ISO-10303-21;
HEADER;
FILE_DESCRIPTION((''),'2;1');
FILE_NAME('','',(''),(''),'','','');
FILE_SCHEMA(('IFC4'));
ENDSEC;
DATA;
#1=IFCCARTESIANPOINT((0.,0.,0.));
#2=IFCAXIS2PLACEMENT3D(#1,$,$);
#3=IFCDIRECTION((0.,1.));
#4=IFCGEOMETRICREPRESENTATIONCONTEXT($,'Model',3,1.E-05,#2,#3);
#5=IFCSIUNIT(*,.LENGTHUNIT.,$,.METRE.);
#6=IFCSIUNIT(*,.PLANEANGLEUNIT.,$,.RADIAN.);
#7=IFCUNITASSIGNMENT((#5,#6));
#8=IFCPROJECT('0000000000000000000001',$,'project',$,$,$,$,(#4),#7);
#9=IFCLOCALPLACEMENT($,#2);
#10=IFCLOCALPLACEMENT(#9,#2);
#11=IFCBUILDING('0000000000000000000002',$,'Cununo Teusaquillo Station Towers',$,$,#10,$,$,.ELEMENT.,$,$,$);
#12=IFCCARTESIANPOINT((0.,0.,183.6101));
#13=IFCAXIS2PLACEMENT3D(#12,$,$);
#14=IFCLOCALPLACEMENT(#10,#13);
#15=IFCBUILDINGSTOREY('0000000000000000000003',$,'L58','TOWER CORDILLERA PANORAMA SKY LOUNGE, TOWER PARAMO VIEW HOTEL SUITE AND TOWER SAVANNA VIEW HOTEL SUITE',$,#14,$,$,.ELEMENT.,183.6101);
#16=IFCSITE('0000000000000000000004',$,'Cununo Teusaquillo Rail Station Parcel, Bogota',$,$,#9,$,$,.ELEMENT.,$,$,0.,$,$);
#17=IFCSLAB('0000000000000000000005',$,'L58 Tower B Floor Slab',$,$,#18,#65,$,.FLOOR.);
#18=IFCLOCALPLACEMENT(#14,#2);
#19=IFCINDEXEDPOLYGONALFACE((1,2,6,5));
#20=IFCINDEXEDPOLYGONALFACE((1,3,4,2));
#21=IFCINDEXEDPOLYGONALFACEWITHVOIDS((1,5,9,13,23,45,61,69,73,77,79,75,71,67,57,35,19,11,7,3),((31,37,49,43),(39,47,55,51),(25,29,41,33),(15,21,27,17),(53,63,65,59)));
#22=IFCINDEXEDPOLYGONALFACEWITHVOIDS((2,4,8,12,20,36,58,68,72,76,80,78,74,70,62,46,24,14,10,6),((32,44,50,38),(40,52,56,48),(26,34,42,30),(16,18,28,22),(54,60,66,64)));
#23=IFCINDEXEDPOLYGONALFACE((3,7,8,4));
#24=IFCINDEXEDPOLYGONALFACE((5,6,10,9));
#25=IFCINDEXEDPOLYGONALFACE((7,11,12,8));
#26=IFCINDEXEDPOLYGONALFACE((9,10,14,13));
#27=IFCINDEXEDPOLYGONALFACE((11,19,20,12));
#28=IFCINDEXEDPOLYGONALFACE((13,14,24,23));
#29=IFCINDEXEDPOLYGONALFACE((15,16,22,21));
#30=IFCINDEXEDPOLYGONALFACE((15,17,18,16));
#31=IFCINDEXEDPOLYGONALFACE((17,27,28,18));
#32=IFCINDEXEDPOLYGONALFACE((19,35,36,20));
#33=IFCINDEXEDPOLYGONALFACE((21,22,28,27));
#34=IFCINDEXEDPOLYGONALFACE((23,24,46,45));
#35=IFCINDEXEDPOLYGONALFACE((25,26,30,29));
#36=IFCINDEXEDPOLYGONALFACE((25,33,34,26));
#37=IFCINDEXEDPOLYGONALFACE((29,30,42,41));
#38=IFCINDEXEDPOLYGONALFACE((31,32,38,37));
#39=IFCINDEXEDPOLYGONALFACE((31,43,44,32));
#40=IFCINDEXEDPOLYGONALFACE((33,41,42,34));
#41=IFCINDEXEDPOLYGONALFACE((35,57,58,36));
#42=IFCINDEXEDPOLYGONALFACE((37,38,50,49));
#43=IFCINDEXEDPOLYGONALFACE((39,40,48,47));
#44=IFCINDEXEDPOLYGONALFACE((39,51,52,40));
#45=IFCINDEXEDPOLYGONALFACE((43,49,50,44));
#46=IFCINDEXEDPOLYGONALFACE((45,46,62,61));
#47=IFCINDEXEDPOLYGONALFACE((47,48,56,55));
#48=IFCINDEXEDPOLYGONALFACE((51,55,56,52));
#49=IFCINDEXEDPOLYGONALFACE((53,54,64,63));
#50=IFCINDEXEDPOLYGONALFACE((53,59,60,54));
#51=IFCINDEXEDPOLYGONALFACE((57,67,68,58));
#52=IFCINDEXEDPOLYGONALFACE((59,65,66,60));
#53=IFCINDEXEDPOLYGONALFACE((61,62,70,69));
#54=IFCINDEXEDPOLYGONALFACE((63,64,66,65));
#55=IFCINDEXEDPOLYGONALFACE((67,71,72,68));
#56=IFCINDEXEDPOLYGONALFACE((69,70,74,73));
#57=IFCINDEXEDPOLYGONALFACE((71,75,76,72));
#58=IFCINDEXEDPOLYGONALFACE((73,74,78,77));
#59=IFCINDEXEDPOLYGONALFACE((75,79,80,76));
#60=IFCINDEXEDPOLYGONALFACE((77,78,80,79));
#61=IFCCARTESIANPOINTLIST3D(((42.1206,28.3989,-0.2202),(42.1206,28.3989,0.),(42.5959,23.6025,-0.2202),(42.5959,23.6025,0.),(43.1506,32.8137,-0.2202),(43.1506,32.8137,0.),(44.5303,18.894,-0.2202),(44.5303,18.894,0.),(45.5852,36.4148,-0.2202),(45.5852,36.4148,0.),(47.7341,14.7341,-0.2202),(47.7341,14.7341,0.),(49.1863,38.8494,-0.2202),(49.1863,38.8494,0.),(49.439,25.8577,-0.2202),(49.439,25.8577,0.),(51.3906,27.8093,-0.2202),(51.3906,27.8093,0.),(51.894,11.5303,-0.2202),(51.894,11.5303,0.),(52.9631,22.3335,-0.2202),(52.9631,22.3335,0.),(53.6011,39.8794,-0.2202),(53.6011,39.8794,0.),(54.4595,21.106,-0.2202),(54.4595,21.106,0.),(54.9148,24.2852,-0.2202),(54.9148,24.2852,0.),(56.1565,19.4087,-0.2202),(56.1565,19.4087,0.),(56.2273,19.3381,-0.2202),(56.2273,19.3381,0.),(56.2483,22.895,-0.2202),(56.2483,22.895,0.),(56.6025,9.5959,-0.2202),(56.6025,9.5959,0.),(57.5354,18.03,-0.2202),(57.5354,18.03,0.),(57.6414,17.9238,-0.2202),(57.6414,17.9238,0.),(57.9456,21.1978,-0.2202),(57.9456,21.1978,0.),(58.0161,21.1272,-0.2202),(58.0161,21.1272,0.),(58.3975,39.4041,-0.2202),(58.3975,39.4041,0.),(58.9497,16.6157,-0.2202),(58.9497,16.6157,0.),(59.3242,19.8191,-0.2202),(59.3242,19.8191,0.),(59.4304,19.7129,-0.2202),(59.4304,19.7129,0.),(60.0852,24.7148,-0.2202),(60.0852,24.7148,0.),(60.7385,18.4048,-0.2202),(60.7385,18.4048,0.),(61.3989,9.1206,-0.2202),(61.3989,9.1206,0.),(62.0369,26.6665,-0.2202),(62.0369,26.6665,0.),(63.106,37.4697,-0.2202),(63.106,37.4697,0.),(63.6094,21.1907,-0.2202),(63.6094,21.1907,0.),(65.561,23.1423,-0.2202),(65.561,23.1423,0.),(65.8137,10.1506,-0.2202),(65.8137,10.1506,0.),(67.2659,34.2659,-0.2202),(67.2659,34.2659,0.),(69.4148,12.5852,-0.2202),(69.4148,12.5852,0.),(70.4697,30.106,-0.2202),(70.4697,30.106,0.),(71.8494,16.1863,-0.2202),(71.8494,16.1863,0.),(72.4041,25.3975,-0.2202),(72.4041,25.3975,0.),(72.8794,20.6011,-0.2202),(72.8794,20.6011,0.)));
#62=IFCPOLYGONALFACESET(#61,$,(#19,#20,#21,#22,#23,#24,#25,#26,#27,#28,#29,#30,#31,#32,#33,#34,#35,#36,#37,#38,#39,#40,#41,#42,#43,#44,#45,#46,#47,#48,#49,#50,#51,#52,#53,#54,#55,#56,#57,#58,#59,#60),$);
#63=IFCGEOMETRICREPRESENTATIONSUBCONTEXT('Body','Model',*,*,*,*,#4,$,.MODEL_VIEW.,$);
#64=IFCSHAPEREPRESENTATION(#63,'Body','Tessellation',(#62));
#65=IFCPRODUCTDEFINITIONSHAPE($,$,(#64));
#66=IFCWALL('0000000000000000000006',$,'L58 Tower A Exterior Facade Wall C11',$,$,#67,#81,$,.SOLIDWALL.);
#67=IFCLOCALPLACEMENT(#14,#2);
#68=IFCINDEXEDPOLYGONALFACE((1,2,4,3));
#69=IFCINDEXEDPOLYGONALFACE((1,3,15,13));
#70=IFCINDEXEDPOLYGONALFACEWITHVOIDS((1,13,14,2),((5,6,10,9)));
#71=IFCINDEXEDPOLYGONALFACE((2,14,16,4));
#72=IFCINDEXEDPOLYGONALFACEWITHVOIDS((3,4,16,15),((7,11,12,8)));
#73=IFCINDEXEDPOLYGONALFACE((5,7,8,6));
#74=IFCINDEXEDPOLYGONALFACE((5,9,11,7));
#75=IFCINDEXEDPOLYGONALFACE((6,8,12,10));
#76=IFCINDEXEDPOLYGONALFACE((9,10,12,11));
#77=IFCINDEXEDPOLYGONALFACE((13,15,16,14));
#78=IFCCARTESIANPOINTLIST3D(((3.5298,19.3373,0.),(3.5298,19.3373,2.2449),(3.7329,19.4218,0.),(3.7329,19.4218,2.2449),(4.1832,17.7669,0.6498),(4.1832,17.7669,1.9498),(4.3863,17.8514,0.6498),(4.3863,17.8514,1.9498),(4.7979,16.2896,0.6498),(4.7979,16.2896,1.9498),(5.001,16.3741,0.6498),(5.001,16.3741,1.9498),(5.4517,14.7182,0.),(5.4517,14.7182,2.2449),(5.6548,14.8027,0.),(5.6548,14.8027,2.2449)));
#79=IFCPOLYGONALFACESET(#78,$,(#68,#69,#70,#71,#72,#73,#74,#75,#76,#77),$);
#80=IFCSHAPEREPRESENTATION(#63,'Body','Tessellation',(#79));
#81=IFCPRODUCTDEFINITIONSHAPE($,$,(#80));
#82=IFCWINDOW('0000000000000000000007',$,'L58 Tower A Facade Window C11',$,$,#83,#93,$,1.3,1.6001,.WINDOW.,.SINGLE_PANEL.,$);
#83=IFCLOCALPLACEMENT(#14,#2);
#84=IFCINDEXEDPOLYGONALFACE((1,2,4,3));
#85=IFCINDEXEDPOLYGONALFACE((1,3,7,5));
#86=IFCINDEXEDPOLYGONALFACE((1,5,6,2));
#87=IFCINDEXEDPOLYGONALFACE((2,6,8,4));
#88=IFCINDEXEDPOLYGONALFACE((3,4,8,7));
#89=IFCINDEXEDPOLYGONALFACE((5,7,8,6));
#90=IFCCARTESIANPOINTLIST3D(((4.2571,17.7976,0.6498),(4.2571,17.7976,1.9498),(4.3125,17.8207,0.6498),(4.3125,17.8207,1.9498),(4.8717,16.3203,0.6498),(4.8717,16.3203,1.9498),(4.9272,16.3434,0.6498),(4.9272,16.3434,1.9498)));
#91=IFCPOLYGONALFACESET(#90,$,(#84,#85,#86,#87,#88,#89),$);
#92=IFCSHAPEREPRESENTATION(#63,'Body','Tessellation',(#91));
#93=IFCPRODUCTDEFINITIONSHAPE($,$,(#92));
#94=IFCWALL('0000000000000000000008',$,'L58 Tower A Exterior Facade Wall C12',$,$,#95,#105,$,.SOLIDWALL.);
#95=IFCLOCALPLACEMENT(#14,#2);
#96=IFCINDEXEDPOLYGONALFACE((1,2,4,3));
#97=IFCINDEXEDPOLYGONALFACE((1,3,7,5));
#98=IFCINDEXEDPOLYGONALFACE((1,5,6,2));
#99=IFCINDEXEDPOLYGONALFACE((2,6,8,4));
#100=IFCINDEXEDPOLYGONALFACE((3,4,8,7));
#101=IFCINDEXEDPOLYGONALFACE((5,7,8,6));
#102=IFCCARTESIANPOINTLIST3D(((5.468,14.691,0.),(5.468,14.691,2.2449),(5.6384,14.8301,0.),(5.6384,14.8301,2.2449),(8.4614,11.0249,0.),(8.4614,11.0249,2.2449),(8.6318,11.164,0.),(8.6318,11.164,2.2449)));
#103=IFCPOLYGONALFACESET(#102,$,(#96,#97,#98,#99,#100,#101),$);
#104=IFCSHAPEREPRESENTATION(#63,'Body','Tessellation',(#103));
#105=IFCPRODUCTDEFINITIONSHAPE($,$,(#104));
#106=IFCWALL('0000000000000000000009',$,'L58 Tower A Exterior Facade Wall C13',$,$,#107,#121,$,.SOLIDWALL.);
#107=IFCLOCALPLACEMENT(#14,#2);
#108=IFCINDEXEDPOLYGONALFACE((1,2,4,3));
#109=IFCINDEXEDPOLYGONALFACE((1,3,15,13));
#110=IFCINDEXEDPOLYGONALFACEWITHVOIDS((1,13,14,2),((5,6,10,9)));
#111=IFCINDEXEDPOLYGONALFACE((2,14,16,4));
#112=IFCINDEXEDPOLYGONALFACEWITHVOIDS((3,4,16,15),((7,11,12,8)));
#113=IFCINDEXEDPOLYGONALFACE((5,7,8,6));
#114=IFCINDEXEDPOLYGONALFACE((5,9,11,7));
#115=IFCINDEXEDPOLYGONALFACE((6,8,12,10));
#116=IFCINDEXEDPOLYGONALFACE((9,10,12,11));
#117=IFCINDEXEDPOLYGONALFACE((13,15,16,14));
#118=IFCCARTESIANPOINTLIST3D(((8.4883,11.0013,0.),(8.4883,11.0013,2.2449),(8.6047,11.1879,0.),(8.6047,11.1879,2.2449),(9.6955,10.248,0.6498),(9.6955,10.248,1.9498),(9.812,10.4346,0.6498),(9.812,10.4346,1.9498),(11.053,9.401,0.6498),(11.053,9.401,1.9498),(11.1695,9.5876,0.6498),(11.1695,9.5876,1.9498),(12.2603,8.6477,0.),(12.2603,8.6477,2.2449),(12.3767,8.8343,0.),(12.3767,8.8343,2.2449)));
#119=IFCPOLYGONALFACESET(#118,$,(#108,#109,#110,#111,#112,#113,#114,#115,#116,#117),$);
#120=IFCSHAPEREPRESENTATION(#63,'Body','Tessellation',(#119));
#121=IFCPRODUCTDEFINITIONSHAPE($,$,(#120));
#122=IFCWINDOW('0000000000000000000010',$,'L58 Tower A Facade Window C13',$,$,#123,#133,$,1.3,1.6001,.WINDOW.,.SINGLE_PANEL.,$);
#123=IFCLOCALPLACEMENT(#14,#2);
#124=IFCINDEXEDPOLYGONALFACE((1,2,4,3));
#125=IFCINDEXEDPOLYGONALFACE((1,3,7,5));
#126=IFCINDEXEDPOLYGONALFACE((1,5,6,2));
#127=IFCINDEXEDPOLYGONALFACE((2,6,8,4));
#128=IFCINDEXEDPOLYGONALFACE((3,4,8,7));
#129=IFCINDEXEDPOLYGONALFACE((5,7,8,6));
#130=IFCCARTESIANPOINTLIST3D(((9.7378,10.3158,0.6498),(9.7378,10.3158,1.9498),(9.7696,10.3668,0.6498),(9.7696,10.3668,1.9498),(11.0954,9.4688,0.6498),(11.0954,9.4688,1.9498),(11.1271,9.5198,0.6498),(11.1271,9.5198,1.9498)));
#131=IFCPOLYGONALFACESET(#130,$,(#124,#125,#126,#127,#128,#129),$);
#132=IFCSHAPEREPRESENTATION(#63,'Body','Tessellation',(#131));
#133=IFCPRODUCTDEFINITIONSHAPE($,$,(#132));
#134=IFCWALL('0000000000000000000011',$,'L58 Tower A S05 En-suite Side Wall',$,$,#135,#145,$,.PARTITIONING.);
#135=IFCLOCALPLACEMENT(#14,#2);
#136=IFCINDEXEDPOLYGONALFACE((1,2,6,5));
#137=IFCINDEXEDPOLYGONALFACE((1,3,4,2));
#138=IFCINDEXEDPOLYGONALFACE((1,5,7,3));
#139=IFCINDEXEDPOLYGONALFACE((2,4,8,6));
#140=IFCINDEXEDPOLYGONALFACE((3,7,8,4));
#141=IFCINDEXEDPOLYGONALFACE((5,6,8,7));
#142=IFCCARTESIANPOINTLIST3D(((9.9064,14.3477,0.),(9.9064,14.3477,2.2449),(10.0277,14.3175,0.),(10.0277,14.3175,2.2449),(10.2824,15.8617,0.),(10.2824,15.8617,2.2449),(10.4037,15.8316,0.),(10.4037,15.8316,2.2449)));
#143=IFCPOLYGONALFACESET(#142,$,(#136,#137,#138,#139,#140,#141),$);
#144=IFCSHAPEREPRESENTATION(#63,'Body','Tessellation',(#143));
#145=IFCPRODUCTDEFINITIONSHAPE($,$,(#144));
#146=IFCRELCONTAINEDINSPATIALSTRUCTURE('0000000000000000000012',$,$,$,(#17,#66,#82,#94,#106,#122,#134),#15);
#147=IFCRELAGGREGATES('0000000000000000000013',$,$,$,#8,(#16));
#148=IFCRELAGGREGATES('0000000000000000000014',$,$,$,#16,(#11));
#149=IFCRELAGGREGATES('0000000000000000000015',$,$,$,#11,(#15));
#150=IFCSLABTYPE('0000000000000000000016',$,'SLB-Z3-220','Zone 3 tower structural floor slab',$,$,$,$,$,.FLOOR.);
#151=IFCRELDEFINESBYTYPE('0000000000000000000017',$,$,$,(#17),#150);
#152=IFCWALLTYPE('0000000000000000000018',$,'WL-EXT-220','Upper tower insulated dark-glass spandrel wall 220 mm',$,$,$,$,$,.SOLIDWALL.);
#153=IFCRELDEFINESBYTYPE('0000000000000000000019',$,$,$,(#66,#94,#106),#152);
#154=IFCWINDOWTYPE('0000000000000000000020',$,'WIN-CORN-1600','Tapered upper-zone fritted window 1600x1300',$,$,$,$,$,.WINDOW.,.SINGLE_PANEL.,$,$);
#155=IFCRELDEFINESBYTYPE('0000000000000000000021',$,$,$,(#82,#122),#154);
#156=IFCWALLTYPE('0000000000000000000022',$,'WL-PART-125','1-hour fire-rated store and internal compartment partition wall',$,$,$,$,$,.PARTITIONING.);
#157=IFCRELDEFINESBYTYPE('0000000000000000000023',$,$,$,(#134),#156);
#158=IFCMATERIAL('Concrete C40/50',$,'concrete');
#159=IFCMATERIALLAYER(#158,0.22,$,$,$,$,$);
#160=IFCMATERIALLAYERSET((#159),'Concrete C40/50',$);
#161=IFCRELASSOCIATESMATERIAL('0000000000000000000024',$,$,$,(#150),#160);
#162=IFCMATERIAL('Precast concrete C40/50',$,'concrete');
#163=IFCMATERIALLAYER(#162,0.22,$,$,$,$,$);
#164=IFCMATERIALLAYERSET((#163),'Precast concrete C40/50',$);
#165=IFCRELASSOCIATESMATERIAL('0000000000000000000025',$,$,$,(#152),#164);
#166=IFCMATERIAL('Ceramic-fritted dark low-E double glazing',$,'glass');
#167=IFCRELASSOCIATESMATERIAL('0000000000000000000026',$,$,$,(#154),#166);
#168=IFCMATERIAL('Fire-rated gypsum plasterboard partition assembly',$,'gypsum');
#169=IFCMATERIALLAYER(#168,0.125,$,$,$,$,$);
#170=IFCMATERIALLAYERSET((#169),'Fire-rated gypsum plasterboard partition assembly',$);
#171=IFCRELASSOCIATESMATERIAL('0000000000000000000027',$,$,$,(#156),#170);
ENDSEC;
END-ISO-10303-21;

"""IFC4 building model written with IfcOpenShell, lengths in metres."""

from ifc_helpers import new_model, si_unit, direction, frame, frame_2d, origin, place, context, subcontext, project, spatial, polyline, rectangle, outline, extrude, source, transform, mapped, material, layer, layer_set, type_object, element, fill, save


model = new_model("IFC4")

# Units and contexts
model_context = context("Model", 3, precision=1e-05, world=origin(), true_north=direction((0.0, 1.0)))
body_context = subcontext(model_context, "Body", "Model", "MODEL_VIEW")
ifc_project = project(units=[si_unit("LENGTHUNIT", "METRE"), si_unit("PLANEANGLEUNIT", "RADIAN")], contexts=[model_context])

# Site, building, storey
site_placement = place(None, origin())
site = spatial("IfcSite", under=ifc_project, at=site_placement, Name="Cununo Teusaquillo Rail Station Parcel, Bogota", CompositionType="ELEMENT", RefElevation=0.0)
building_placement = place(site_placement, origin())
building = spatial("IfcBuilding", under=site, at=building_placement, Name="Cununo Teusaquillo Station Towers", CompositionType="ELEMENT")
storey_placement = place(building_placement, frame((0.0, 0.0, 183.6101)))
storey = spatial("IfcBuildingStorey", under=building, at=storey_placement, Name="L58", Description="TOWER CORDILLERA PANORAMA SKY LOUNGE, TOWER PARAMO VIEW HOTEL SUITE AND TOWER SAVANNA VIEW HOTEL SUITE", CompositionType="ELEMENT", Elevation=183.6101)

# Slab
ifc_material_1 = material(Name="Concrete C40/50", Category="concrete")
ifc_layer_1 = layer(ifc_material_1, 0.22)
ifc_layer_set_1 = layer_set([ifc_layer_1], Name="Concrete C40/50")
slab_type_1 = type_object("IfcSlabType", Name="SLB-Z3-220", Description="Zone 3 tower structural floor slab", PredefinedType="FLOOR", material=ifc_layer_set_1)
slab_1_placement = place(storey_placement, frame((0.0, 0.0, -0.2202)))
element("IfcSlab", 1, at=slab_1_placement, inside=storey, type_object=slab_type_1, Name="L58 Tower B Floor Slab", PredefinedType="FLOOR", context=body_context, shape_type="SweptSolid", body=[
    extrude(outline(polyline([(67.2659, 34.2659), (63.106, 37.4697), (58.3975, 39.4041), (53.6011, 39.8794), (49.1863, 38.8494), (45.5852, 36.4148), (43.1506, 32.8137), (42.1206, 28.3989), (42.5959, 23.6025), (44.5303, 18.894), (47.7341, 14.7341), (51.894, 11.5303), (56.6025, 9.5959), (61.3989, 9.1206), (65.8137, 10.1506), (69.4148, 12.5852), (71.8494, 16.1863), (72.8794, 20.6011), (72.4041, 25.3975), (70.4697, 30.106), (67.2659, 34.2659)]), holes=[polyline([(54.9148, 24.2852), (51.3906, 27.8093), (49.439, 25.8577), (52.9631, 22.3335), (54.9148, 24.2852)]), polyline([(60.0852, 24.7148), (63.6094, 21.1907), (65.561, 23.1423), (62.0369, 26.6665), (60.0852, 24.7148)]), polyline([(56.1565, 19.4087), (57.9456, 21.1978), (56.2483, 22.895), (54.4595, 21.106), (56.1565, 19.4087)]), polyline([(58.9497, 16.6157), (60.7385, 18.4048), (59.4304, 19.7129), (57.6414, 17.9238), (58.9497, 16.6157)]), polyline([(57.5354, 18.03), (59.3242, 19.8191), (58.0161, 21.1272), (56.2273, 19.3381), (57.5354, 18.03)])]), origin(), (0.0, 0.0, 1.0), 0.2202),
])

# Wall, opening, window
ifc_material_2 = material(Name="Precast concrete C40/50", Category="concrete")
ifc_layer_2 = layer(ifc_material_2, 0.22)
ifc_layer_set_2 = layer_set([ifc_layer_2], Name="Precast concrete C40/50")
wall_type_1 = type_object("IfcWallType", Name="WL-EXT-220", Description="Upper tower insulated dark-glass spandrel wall 220 mm", PredefinedType="SOLIDWALL", material=ifc_layer_set_2)
wall_1_placement = place(storey_placement, frame((5.5532, 14.7605, 0.0), z_axis=(0.0, 0.0, 1.0), x_axis=(-0.384144, 0.923273, 0.0)))
wall_1 = element("IfcWall", 2, at=wall_1_placement, inside=storey, type_object=wall_type_1, Name="L58 Tower A Exterior Facade Wall C11", PredefinedType="SOLIDWALL", context=body_context, shape_type="SweptSolid", body=[
    extrude(rectangle(XDim=5.0029, YDim=0.22, at=frame_2d((2.5015, 0.0))), origin(), (0.0, 0.0, 1.0), 2.2449),
])
shared_shape_1 = source(origin(), body_context, "Body", "SweptSolid", [
    extrude(rectangle(XDim=1.6001, YDim=1.3, at=frame_2d((0.8, 0.6499))), frame((0.0, 0.1199, 0.0), z_axis=(0.0, -1.0, 0.0), x_axis=(1.0, 0.0, 0.0)), (0.0, 0.0, 1.0), 0.24),
])
opening_1_placement = place(wall_1_placement, frame((1.7019, 0.0, 0.6499)))
opening_1 = element("IfcOpeningElement", 3, at=opening_1_placement, cuts=wall_1, PredefinedType="OPENING", context=body_context, shape_type="MappedRepresentation", body=[
    mapped(shared_shape_1, transform((0.0, 0.0, 0.0), x_axis=(1.0, 0.0, 0.0), y_axis=(0.0, 1.0, 0.0), z_axis=(0.0, 0.0, 1.0), scale=1.0)),
])
ifc_material_3 = material(Name="Ceramic-fritted dark low-E double glazing", Category="glass")
window_type = type_object("IfcWindowType", Name="WIN-CORN-1600", Description="Tapered upper-zone fritted window 1600x1300", PartitioningType="SINGLE_PANEL", PredefinedType="WINDOW", material=ifc_material_3)
shared_shape_2 = source(origin(), body_context, "Body", "SweptSolid", [
    extrude(rectangle(XDim=1.6001, YDim=1.3, at=frame_2d((0.8, 0.6499))), frame((0.0, 0.03, 0.0), z_axis=(0.0, -1.0, 0.0), x_axis=(1.0, 0.0, 0.0)), (0.0, 0.0, 1.0), 0.0601),
])
window_1_placement = place(opening_1_placement, origin())
window_1 = element("IfcWindow", 4, at=window_1_placement, inside=storey, type_object=window_type, Name="L58 Tower A Facade Window C11", OverallHeight=1.3, OverallWidth=1.6001, PartitioningType="SINGLE_PANEL", PredefinedType="WINDOW", context=body_context, shape_type="MappedRepresentation", body=[
    mapped(shared_shape_2, transform((0.0, 0.0, 0.0), x_axis=(1.0, 0.0, 0.0), y_axis=(0.0, 1.0, 0.0), z_axis=(0.0, 0.0, 1.0), scale=1.0)),
])
fill(opening_1, window_1)

# Wall
wall_2_placement = place(storey_placement, frame((8.5466, 11.0945, 0.0), z_axis=(0.0, 0.0, 1.0), x_axis=(-0.632471, 0.774584, 0.0)))
element("IfcWall", 5, at=wall_2_placement, inside=storey, type_object=wall_type_1, Name="L58 Tower A Exterior Facade Wall C12", PredefinedType="SOLIDWALL", context=body_context, shape_type="SweptSolid", body=[
    extrude(rectangle(XDim=4.7329, YDim=0.22, at=frame_2d((2.3665, 0.0))), origin(), (0.0, 0.0, 1.0), 2.2449),
])

# Wall, opening, window
wall_3_placement = place(storey_placement, frame((12.3186, 8.741, 0.0), z_axis=(0.0, 0.0, 1.0), x_axis=(-0.848399, 0.529357, 0.0)))
wall_3 = element("IfcWall", 6, at=wall_3_placement, inside=storey, type_object=wall_type_1, Name="L58 Tower A Exterior Facade Wall C13", PredefinedType="SOLIDWALL", context=body_context, shape_type="SweptSolid", body=[
    extrude(rectangle(XDim=4.446, YDim=0.22, at=frame_2d((2.2231, 0.0))), origin(), (0.0, 0.0, 1.0), 2.2449),
])
opening_2_placement = place(wall_3_placement, frame((1.4231, 0.0, 0.6499)))
opening_2 = element("IfcOpeningElement", 7, at=opening_2_placement, cuts=wall_3, PredefinedType="OPENING", context=body_context, shape_type="MappedRepresentation", body=[
    mapped(shared_shape_1, transform((0.0, 0.0, 0.0), x_axis=(1.0, 0.0, 0.0), y_axis=(0.0, 1.0, 0.0), z_axis=(0.0, 0.0, 1.0), scale=1.0)),
])
window_2_placement = place(opening_2_placement, origin())
window_2 = element("IfcWindow", 8, at=window_2_placement, inside=storey, type_object=window_type, Name="L58 Tower A Facade Window C13", OverallHeight=1.3, OverallWidth=1.6001, PartitioningType="SINGLE_PANEL", PredefinedType="WINDOW", context=body_context, shape_type="MappedRepresentation", body=[
    mapped(shared_shape_2, transform((0.0, 0.0, 0.0), x_axis=(1.0, 0.0, 0.0), y_axis=(0.0, 1.0, 0.0), z_axis=(0.0, 0.0, 1.0), scale=1.0)),
])
fill(opening_2, window_2)

# Wall
ifc_material_4 = material(Name="Fire-rated gypsum plasterboard partition assembly", Category="gypsum")
ifc_layer_3 = layer(ifc_material_4, 0.125)
ifc_layer_set_3 = layer_set([ifc_layer_3], Name="Fire-rated gypsum plasterboard partition assembly")
wall_type_2 = type_object("IfcWallType", Name="WL-PART-125", Description="1-hour fire-rated store and internal compartment partition wall", PredefinedType="PARTITIONING", material=ifc_layer_set_3)
wall_4_placement = place(storey_placement, frame((10.343, 15.8467, 0.0), z_axis=(0.0, 0.0, 1.0), x_axis=(-0.240989, -0.970528, 0.0)))
element("IfcWall", 9, at=wall_4_placement, inside=storey, type_object=wall_type_2, Name="L58 Tower A S05 En-suite Side Wall", PredefinedType="PARTITIONING", context=body_context, shape_type="SweptSolid", body=[
    extrude(rectangle(XDim=1.5601, YDim=0.125, at=frame_2d((0.78, 0.0))), origin(), (0.0, 0.0, 1.0), 2.2449),
])

save(model, "model.ifc")
